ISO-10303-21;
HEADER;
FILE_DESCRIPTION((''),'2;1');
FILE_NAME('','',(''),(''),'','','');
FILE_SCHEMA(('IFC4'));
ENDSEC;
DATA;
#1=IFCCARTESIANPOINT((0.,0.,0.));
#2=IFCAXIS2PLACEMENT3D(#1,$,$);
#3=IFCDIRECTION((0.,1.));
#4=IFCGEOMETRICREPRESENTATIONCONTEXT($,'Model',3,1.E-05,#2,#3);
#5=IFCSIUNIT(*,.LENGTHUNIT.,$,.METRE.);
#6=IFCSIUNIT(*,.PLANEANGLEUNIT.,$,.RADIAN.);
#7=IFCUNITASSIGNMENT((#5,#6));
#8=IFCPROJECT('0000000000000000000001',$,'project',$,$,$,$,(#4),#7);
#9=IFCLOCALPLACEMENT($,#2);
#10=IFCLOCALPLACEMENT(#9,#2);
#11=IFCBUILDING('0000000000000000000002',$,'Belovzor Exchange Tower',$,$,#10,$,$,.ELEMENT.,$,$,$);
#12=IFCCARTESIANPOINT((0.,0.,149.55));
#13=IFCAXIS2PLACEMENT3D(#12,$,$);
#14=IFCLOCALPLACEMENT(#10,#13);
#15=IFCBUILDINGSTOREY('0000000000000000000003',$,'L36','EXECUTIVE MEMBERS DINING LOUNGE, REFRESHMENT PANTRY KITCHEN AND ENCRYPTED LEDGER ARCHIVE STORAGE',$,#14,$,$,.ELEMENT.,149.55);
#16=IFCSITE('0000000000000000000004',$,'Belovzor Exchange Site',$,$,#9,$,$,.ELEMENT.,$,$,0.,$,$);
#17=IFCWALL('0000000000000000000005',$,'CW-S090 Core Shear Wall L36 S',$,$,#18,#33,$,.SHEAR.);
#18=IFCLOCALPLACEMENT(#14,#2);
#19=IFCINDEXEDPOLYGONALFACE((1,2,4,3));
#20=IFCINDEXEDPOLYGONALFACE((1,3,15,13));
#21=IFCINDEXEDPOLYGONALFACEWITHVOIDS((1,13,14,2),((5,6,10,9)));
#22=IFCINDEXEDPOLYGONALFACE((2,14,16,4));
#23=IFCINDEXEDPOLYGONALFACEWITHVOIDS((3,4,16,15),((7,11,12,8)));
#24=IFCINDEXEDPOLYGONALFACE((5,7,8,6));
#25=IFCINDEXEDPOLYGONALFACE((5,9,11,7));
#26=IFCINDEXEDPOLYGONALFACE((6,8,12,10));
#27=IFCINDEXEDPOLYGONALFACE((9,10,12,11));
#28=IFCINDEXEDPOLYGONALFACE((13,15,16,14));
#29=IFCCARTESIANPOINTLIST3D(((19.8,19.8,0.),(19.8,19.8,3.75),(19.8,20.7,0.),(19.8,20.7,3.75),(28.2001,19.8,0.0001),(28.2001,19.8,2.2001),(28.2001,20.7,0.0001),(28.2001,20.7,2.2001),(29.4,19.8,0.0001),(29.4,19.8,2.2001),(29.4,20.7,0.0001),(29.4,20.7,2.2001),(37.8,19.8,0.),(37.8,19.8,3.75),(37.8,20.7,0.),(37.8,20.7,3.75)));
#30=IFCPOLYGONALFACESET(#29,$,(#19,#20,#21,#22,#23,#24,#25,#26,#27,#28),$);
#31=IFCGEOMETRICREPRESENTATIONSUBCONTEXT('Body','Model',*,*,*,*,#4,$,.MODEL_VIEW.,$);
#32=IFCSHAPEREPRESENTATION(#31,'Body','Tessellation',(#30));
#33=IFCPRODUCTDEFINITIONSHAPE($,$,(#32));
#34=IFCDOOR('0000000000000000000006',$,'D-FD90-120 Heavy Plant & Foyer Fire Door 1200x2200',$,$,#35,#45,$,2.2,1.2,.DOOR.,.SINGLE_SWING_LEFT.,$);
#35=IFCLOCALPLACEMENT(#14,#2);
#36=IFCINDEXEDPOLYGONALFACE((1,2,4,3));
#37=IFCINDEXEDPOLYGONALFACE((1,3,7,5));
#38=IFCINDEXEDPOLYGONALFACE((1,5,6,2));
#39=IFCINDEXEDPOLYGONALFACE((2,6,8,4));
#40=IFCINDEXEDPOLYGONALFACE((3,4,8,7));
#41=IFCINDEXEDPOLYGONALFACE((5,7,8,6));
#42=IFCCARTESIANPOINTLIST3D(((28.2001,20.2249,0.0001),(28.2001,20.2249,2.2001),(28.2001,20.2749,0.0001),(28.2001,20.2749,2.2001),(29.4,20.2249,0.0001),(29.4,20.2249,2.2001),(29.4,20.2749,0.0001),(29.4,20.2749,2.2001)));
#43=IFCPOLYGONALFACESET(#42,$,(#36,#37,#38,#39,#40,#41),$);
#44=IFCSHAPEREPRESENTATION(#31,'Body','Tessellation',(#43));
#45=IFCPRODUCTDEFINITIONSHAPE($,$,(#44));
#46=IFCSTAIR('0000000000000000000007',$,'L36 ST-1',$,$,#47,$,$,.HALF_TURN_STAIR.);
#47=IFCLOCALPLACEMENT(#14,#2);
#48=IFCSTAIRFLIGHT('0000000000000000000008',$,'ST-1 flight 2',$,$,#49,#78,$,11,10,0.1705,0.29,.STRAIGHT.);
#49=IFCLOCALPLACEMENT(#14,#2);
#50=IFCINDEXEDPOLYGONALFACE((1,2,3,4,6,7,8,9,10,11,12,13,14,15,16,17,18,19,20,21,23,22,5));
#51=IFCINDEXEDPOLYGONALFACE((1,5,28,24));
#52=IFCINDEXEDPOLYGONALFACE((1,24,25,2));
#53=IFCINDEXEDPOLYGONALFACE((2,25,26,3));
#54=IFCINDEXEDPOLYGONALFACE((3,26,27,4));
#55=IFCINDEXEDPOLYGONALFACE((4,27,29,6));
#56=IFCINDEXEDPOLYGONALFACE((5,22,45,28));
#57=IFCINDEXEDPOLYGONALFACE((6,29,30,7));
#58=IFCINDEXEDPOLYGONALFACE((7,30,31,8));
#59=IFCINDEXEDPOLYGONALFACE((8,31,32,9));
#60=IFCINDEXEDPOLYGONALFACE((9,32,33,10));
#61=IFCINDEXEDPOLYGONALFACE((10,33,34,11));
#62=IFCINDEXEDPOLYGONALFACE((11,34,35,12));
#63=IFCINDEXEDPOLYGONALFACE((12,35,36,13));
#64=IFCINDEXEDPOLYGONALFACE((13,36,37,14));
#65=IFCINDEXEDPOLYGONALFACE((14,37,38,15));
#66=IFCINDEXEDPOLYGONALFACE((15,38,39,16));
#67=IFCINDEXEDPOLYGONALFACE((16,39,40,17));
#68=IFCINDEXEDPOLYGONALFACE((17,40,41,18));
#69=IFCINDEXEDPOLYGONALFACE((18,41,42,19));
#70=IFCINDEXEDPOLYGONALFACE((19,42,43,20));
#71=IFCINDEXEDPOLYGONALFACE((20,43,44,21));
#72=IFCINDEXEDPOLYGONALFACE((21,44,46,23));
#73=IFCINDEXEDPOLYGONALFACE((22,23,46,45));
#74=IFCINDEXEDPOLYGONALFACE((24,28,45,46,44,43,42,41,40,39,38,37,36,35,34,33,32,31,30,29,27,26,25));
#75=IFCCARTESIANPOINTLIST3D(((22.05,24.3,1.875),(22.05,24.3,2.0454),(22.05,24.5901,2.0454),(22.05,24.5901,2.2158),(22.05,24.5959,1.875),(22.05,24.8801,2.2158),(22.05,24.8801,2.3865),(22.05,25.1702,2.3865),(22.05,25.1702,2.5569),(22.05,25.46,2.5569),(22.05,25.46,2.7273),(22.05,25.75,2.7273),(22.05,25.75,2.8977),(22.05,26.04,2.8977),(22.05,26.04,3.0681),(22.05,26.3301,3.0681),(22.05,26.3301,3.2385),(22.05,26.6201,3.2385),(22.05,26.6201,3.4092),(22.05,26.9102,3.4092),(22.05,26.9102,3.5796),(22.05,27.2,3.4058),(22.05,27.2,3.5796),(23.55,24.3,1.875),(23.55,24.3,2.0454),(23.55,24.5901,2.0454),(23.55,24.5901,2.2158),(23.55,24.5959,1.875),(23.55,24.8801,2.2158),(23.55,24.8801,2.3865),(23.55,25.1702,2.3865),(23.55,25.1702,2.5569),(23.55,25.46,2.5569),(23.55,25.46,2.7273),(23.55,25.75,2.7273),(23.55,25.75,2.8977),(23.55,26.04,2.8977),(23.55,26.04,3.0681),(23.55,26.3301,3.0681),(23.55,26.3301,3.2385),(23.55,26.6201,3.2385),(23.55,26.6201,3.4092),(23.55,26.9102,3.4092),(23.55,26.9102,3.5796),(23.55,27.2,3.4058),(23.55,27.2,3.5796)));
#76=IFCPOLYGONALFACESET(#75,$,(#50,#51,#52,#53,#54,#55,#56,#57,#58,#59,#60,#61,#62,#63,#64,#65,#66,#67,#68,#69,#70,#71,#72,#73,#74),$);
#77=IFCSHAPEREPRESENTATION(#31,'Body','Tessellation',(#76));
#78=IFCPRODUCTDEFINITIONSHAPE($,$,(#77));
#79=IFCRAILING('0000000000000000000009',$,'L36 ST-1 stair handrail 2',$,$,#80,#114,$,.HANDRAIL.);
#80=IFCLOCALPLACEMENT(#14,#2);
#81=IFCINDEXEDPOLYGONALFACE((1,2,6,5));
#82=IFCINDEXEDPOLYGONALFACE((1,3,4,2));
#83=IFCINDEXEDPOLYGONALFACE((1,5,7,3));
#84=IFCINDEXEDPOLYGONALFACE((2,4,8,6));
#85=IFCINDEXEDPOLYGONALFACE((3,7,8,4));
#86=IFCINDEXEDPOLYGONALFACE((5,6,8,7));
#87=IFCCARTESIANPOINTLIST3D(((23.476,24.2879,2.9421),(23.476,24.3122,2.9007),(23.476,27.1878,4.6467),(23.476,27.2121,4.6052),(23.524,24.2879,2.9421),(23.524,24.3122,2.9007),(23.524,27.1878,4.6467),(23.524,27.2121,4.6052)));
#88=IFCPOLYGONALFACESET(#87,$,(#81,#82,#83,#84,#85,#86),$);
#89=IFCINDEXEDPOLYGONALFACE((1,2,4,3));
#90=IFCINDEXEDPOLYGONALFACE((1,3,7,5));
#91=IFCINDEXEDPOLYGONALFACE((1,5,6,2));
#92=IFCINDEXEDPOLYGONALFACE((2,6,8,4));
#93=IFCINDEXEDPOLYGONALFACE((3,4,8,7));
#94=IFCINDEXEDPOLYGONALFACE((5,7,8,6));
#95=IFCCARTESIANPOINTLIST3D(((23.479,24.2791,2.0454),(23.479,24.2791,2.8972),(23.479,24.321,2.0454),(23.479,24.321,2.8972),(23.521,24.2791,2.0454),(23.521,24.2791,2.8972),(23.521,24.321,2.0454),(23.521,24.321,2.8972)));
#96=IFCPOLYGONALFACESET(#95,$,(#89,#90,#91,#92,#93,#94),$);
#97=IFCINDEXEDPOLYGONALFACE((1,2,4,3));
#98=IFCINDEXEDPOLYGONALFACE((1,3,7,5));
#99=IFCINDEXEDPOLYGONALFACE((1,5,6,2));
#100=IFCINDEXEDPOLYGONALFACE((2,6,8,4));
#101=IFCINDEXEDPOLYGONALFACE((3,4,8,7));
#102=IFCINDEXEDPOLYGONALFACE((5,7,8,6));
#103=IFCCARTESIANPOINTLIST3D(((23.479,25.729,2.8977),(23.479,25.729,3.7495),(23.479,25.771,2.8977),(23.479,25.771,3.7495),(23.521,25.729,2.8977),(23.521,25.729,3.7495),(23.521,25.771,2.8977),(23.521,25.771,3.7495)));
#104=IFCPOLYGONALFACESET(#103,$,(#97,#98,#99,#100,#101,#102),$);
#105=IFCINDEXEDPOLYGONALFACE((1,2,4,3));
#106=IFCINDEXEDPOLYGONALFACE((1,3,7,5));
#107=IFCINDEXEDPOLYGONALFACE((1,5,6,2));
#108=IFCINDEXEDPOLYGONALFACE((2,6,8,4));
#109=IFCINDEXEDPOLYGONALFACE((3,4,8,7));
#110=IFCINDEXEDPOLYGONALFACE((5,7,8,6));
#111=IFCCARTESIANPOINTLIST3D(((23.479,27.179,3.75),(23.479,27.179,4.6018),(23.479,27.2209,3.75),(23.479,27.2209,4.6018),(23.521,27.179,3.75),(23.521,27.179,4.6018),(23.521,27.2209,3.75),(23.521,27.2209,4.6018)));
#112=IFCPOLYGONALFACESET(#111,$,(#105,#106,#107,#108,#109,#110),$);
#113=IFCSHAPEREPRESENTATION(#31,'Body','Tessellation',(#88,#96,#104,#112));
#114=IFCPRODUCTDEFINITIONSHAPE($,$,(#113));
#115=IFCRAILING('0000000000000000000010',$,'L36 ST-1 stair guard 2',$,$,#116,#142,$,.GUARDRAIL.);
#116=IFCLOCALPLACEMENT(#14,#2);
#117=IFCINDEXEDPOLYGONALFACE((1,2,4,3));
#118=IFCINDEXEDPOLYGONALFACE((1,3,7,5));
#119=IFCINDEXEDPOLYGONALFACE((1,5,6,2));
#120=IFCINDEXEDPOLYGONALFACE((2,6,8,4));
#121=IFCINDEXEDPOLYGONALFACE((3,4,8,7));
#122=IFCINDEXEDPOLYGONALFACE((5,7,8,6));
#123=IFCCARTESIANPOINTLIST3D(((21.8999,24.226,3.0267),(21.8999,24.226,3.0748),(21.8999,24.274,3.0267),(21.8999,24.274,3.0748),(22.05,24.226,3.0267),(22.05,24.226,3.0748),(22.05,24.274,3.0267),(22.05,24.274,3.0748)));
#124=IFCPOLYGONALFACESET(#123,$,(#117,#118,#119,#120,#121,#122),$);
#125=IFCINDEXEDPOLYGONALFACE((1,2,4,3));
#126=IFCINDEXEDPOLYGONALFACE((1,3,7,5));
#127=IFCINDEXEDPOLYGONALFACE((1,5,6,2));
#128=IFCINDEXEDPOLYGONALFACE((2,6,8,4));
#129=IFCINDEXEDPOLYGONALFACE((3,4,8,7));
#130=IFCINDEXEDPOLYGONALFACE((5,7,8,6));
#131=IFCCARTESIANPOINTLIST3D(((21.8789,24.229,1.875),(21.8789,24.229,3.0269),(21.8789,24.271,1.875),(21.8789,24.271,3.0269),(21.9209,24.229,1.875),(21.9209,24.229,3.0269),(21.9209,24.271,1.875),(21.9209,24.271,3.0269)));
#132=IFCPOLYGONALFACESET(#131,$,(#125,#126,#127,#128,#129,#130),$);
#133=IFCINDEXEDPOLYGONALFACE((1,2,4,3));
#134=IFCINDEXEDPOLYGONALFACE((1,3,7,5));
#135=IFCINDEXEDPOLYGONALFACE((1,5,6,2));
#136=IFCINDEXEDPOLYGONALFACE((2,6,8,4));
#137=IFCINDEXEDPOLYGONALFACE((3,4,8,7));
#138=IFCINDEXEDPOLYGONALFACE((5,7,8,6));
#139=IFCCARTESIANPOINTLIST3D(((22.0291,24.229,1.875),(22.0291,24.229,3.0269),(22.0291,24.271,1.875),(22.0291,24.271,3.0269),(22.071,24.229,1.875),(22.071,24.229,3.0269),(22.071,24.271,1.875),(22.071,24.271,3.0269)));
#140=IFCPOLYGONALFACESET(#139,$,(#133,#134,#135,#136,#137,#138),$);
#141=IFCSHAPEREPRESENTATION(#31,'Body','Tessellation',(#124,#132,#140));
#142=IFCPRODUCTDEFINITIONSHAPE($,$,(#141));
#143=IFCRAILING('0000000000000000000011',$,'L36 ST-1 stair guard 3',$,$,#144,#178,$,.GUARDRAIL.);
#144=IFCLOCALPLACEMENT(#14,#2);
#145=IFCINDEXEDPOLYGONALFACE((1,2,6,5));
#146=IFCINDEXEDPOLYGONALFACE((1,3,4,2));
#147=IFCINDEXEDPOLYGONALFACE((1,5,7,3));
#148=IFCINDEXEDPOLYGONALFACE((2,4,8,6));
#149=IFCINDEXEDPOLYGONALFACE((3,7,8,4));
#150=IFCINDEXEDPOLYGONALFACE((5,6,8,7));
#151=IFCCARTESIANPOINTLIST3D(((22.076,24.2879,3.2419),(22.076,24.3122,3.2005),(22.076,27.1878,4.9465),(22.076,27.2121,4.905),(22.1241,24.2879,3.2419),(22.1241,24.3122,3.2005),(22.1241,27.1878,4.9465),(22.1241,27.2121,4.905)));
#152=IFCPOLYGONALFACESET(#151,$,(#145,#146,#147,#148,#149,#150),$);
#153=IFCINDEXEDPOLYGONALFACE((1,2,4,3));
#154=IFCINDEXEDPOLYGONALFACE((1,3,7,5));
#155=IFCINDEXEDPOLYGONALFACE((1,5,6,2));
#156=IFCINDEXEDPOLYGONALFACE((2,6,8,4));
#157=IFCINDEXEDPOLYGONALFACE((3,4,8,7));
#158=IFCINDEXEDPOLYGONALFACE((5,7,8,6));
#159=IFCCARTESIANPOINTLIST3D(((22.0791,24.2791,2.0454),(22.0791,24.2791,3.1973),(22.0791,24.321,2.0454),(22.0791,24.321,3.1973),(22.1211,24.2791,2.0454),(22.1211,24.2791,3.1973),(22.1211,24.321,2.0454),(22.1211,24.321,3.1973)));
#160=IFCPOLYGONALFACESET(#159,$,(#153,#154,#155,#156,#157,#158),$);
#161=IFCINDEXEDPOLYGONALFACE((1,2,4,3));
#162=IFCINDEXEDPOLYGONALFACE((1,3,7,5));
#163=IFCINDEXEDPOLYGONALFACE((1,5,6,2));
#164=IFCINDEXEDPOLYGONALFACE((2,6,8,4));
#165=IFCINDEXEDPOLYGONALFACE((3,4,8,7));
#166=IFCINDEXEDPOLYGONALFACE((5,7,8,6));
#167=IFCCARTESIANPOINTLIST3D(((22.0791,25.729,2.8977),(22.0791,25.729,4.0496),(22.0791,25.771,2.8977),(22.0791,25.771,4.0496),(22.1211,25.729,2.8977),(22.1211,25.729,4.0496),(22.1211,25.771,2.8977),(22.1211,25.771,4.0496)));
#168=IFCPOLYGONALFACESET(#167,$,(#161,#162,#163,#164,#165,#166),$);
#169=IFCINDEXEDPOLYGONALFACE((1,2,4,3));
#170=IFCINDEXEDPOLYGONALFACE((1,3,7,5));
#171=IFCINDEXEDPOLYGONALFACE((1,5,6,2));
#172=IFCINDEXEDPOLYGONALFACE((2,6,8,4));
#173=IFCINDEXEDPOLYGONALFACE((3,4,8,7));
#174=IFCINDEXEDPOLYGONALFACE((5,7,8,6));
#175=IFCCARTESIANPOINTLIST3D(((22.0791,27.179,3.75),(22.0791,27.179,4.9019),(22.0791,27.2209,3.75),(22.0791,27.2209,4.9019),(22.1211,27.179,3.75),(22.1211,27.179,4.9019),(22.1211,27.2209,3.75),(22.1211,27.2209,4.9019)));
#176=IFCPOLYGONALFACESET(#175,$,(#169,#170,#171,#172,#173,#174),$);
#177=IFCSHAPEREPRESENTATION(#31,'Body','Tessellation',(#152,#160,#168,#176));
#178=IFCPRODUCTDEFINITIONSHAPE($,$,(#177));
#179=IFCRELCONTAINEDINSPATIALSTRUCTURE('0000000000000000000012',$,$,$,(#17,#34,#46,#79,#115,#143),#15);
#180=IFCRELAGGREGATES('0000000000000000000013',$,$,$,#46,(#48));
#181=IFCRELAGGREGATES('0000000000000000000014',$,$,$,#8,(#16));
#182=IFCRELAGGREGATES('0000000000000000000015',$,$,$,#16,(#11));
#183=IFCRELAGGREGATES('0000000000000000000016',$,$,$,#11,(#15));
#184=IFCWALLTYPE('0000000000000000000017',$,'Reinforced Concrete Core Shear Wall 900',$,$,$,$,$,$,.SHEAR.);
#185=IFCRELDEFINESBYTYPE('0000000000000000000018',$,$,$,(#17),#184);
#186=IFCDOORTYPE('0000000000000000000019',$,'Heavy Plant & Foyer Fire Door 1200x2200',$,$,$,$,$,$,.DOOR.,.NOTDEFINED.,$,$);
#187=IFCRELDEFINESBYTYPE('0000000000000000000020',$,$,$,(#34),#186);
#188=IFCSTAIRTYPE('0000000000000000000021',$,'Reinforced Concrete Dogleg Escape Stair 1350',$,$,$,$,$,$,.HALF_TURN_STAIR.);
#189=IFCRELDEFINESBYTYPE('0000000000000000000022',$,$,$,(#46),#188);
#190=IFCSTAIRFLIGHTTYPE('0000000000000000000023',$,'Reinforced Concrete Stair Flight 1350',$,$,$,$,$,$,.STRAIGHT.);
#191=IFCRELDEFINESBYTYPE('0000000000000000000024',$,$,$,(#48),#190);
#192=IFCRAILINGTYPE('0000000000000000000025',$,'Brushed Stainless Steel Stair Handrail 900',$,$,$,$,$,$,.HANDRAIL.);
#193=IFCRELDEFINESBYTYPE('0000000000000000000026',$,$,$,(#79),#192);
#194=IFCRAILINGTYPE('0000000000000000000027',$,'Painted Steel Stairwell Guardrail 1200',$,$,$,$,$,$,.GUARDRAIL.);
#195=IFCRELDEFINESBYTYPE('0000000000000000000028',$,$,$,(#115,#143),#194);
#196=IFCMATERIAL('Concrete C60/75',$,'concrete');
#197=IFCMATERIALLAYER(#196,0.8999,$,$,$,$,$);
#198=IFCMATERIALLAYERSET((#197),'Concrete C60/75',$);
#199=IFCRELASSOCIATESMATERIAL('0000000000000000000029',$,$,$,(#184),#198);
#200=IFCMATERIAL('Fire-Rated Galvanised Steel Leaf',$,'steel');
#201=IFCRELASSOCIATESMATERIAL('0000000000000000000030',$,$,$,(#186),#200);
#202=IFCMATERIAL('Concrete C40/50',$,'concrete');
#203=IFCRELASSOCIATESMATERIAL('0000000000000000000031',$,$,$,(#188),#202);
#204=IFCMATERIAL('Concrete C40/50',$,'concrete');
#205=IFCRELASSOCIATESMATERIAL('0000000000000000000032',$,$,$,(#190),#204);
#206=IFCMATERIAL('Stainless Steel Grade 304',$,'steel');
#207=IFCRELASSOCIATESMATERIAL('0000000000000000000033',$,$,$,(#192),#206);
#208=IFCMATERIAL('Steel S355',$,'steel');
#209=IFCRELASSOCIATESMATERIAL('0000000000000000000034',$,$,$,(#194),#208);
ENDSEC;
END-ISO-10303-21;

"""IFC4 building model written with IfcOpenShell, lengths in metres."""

from ifc_helpers import new_model, si_unit, direction, frame, frame_2d, origin, origin_2d, place, context, subcontext, project, spatial, polyline, rectangle, outline, extrude, material, layer, layer_set, type_object, element, fill, aggregate, save


model = new_model("IFC4")

# Units and contexts
model_context = context("Model", 3, precision=1e-05, world=origin(), true_north=direction((0.0, 1.0)))
body_context = subcontext(model_context, "Body", "Model", "MODEL_VIEW")
ifc_project = project(units=[si_unit("LENGTHUNIT", "METRE"), si_unit("PLANEANGLEUNIT", "RADIAN")], contexts=[model_context])

# Site, building, storey
site_placement = place(None, origin())
site = spatial("IfcSite", under=ifc_project, at=site_placement, Name="Belovzor Exchange Site", CompositionType="ELEMENT", RefElevation=0.0)
building_placement = place(site_placement, origin())
building = spatial("IfcBuilding", under=site, at=building_placement, Name="Belovzor Exchange Tower", CompositionType="ELEMENT")
storey_placement = place(building_placement, frame((0.0, 0.0, 149.55)))
storey = spatial("IfcBuildingStorey", under=building, at=storey_placement, Name="L36", Description="EXECUTIVE MEMBERS DINING LOUNGE, REFRESHMENT PANTRY KITCHEN AND ENCRYPTED LEDGER ARCHIVE STORAGE", CompositionType="ELEMENT", Elevation=149.55)

# Wall, opening, door
ifc_material_1 = material(Name="Concrete C60/75", Category="concrete")
ifc_layer_1 = layer(ifc_material_1, 0.8999)
ifc_layer_set_1 = layer_set([ifc_layer_1], Name="Concrete C60/75")
wall_type_1 = type_object("IfcWallType", Name="Reinforced Concrete Core Shear Wall 900", PredefinedType="SHEAR", material=ifc_layer_set_1)
wall_1_placement = place(storey_placement, frame((19.8, 20.25, 0.0), z_axis=(0.0, 0.0, 1.0), x_axis=(1.0, 0.0, 0.0)))
wall_1 = element("IfcWall", 1, at=wall_1_placement, inside=storey, type_object=wall_type_1, Name="CW-S090 Core Shear Wall L36 S", PredefinedType="SHEAR", context=body_context, shape_type="SweptSolid", body=[
    extrude(rectangle(XDim=18.0, YDim=0.8999, at=frame_2d((9.0, 0.0))), origin(), (0.0, 0.0, 1.0), 3.75),
])
opening_1_placement = place(wall_1_placement, frame((8.3999, 0.0, 0.0)))
opening_1 = element("IfcOpeningElement", 2, at=opening_1_placement, cuts=wall_1, PredefinedType="OPENING", context=body_context, shape_type="SweptSolid", body=[
    extrude(rectangle(XDim=1.2, YDim=2.2, at=frame_2d((0.6001, 1.1001))), frame((0.0, 0.46, 0.0), z_axis=(0.0, -1.0, 0.0), x_axis=(1.0, 0.0, 0.0)), (0.0, 0.0, 1.0), 0.9199),
])
ifc_material_2 = material(Name="Fire-Rated Galvanised Steel Leaf", Category="steel")
door_type_1 = type_object("IfcDoorType", Name="Heavy Plant & Foyer Fire Door 1200x2200", OperationType="NOTDEFINED", PredefinedType="DOOR", material=ifc_material_2)
door_1_placement = place(opening_1_placement, origin())
door_1 = element("IfcDoor", 3, at=door_1_placement, inside=storey, type_object=door_type_1, Name="D-FD90-120 Heavy Plant & Foyer Fire Door 1200x2200", OperationType="SINGLE_SWING_LEFT", OverallHeight=2.2, OverallWidth=1.2, PredefinedType="DOOR", context=body_context, shape_type="SweptSolid", body=[
    extrude(rectangle(XDim=1.2, YDim=2.2, at=frame_2d((0.6001, 1.1001))), frame((0.0, 0.0249, 0.0), z_axis=(0.0, -1.0, 0.0), x_axis=(1.0, 0.0, 0.0)), (0.0, 0.0, 1.0), 0.05),
])
fill(opening_1, door_1)

# Stair, stair flight
ifc_material_3 = material(Name="Concrete C40/50", Category="concrete")
stair_type = type_object("IfcStairType", Name="Reinforced Concrete Dogleg Escape Stair 1350", PredefinedType="HALF_TURN_STAIR", material=ifc_material_3)
stair_placement = place(storey_placement, origin())
stair = element("IfcStair", 4, at=stair_placement, inside=storey, type_object=stair_type, Name="L36 ST-1", PredefinedType="HALF_TURN_STAIR")
ifc_material_4 = material(Name="Concrete C40/50", Category="concrete")
stair_flight_type = type_object("IfcStairFlightType", Name="Reinforced Concrete Stair Flight 1350", PredefinedType="STRAIGHT", material=ifc_material_4)
stair_flight_placement = place(storey_placement, frame((22.8, 24.3, 1.875), z_axis=(0.0, 0.0, 1.0), x_axis=(0.0, 1.0, 0.0)))
stair_flight = element("IfcStairFlight", 5, at=stair_flight_placement, type_object=stair_flight_type, Name="ST-1 flight 2", NumberOfRisers=11, NumberOfTreads=10, PredefinedType="STRAIGHT", RiserHeight=0.1705, TreadLength=0.29, context=body_context, shape_type="SweptSolid", body=[
    extrude(outline(polyline([(0.0, 0.0), (0.0, 0.1704), (0.29, 0.1704), (0.29, 0.3408), (0.5801, 0.3408), (0.5801, 0.5115), (0.8701, 0.5115), (0.8701, 0.6819), (1.1599, 0.6819), (1.1599, 0.8523), (1.45, 0.8523), (1.45, 1.0227), (1.74, 1.0227), (1.74, 1.1931), (2.03, 1.1931), (2.03, 1.3635), (2.3201, 1.3635), (2.3201, 1.5342), (2.6101, 1.5342), (2.6101, 1.7046), (2.8999, 1.7046), (2.8999, 1.875), (2.8999, 1.5308), (0.2959, 0.0), (0.0, 0.0)])), frame((0.0, 0.75, 0.0), z_axis=(0.0, -1.0, 0.0), x_axis=(1.0, 0.0, 0.0)), (0.0, 0.0, 1.0), 1.5),
])
aggregate(stair, [stair_flight])

# Railings
ifc_material_5 = material(Name="Stainless Steel Grade 304", Category="steel")
railing_type_1 = type_object("IfcRailingType", Name="Brushed Stainless Steel Stair Handrail 900", PredefinedType="HANDRAIL", material=ifc_material_5)
railing_1_placement = place(storey_placement, frame((23.5, 24.3, 2.0454)))
element("IfcRailing", 6, at=railing_1_placement, inside=storey, type_object=railing_type_1, Name="L36 ST-1 stair handrail 2", PredefinedType="HANDRAIL", context=body_context, shape_type="SweptSolid", body=[
    extrude(rectangle(XDim=0.0481, YDim=0.0481, at=origin_2d()), frame((0.0, 0.0, 0.876), z_axis=(0.0, 0.862095, 0.506747), x_axis=(-1.0, 0.0, 0.0)), (0.0, 0.0, 1.0), 3.3638),
    extrude(rectangle(XDim=0.042, YDim=0.042, at=origin_2d()), origin(), (0.0, 0.0, 1.0), 0.8518),
    extrude(rectangle(XDim=0.042, YDim=0.042, at=origin_2d()), frame((0.0, 1.45, 0.8523)), (0.0, 0.0, 1.0), 0.8518),
    extrude(rectangle(XDim=0.042, YDim=0.042, at=origin_2d()), frame((0.0, 2.8999, 1.7046)), (0.0, 0.0, 1.0), 0.8518),
])
ifc_material_6 = material(Name="Steel S355", Category="steel")
railing_type_2 = type_object("IfcRailingType", Name="Painted Steel Stairwell Guardrail 1200", PredefinedType="GUARDRAIL", material=ifc_material_6)
railing_2_placement = place(storey_placement, frame((21.8999, 24.25, 1.875)))
element("IfcRailing", 7, at=railing_2_placement, inside=storey, type_object=railing_type_2, Name="L36 ST-1 stair guard 2", PredefinedType="GUARDRAIL", context=body_context, shape_type="SweptSolid", body=[
    extrude(rectangle(XDim=0.0481, YDim=0.0481, at=origin_2d()), frame((0.0, 0.0, 1.1758), z_axis=(1.0, 0.0, 0.0), x_axis=(0.0, 1.0, 0.0)), (0.0, 0.0, 1.0), 0.1501),
    extrude(rectangle(XDim=0.042, YDim=0.042, at=origin_2d()), origin(), (0.0, 0.0, 1.0), 1.1519),
    extrude(rectangle(XDim=0.042, YDim=0.042, at=origin_2d()), frame((0.1501, 0.0, 0.0)), (0.0, 0.0, 1.0), 1.1519),
])
railing_3_placement = place(storey_placement, frame((22.1001, 24.3, 2.0454)))
element("IfcRailing", 8, at=railing_3_placement, inside=storey, type_object=railing_type_2, Name="L36 ST-1 stair guard 3", PredefinedType="GUARDRAIL", context=body_context, shape_type="SweptSolid", body=[
    extrude(rectangle(XDim=0.0481, YDim=0.0481, at=origin_2d()), frame((0.0, 0.0, 1.1758), z_axis=(0.0, 0.862095, 0.506747), x_axis=(-1.0, 0.0, 0.0)), (0.0, 0.0, 1.0), 3.3638),
    extrude(rectangle(XDim=0.042, YDim=0.042, at=origin_2d()), origin(), (0.0, 0.0, 1.0), 1.1519),
    extrude(rectangle(XDim=0.042, YDim=0.042, at=origin_2d()), frame((0.0, 1.45, 0.8523)), (0.0, 0.0, 1.0), 1.1519),
    extrude(rectangle(XDim=0.042, YDim=0.042, at=origin_2d()), frame((0.0, 2.8999, 1.7046)), (0.0, 0.0, 1.0), 1.1519),
])

save(model, "model.ifc")
